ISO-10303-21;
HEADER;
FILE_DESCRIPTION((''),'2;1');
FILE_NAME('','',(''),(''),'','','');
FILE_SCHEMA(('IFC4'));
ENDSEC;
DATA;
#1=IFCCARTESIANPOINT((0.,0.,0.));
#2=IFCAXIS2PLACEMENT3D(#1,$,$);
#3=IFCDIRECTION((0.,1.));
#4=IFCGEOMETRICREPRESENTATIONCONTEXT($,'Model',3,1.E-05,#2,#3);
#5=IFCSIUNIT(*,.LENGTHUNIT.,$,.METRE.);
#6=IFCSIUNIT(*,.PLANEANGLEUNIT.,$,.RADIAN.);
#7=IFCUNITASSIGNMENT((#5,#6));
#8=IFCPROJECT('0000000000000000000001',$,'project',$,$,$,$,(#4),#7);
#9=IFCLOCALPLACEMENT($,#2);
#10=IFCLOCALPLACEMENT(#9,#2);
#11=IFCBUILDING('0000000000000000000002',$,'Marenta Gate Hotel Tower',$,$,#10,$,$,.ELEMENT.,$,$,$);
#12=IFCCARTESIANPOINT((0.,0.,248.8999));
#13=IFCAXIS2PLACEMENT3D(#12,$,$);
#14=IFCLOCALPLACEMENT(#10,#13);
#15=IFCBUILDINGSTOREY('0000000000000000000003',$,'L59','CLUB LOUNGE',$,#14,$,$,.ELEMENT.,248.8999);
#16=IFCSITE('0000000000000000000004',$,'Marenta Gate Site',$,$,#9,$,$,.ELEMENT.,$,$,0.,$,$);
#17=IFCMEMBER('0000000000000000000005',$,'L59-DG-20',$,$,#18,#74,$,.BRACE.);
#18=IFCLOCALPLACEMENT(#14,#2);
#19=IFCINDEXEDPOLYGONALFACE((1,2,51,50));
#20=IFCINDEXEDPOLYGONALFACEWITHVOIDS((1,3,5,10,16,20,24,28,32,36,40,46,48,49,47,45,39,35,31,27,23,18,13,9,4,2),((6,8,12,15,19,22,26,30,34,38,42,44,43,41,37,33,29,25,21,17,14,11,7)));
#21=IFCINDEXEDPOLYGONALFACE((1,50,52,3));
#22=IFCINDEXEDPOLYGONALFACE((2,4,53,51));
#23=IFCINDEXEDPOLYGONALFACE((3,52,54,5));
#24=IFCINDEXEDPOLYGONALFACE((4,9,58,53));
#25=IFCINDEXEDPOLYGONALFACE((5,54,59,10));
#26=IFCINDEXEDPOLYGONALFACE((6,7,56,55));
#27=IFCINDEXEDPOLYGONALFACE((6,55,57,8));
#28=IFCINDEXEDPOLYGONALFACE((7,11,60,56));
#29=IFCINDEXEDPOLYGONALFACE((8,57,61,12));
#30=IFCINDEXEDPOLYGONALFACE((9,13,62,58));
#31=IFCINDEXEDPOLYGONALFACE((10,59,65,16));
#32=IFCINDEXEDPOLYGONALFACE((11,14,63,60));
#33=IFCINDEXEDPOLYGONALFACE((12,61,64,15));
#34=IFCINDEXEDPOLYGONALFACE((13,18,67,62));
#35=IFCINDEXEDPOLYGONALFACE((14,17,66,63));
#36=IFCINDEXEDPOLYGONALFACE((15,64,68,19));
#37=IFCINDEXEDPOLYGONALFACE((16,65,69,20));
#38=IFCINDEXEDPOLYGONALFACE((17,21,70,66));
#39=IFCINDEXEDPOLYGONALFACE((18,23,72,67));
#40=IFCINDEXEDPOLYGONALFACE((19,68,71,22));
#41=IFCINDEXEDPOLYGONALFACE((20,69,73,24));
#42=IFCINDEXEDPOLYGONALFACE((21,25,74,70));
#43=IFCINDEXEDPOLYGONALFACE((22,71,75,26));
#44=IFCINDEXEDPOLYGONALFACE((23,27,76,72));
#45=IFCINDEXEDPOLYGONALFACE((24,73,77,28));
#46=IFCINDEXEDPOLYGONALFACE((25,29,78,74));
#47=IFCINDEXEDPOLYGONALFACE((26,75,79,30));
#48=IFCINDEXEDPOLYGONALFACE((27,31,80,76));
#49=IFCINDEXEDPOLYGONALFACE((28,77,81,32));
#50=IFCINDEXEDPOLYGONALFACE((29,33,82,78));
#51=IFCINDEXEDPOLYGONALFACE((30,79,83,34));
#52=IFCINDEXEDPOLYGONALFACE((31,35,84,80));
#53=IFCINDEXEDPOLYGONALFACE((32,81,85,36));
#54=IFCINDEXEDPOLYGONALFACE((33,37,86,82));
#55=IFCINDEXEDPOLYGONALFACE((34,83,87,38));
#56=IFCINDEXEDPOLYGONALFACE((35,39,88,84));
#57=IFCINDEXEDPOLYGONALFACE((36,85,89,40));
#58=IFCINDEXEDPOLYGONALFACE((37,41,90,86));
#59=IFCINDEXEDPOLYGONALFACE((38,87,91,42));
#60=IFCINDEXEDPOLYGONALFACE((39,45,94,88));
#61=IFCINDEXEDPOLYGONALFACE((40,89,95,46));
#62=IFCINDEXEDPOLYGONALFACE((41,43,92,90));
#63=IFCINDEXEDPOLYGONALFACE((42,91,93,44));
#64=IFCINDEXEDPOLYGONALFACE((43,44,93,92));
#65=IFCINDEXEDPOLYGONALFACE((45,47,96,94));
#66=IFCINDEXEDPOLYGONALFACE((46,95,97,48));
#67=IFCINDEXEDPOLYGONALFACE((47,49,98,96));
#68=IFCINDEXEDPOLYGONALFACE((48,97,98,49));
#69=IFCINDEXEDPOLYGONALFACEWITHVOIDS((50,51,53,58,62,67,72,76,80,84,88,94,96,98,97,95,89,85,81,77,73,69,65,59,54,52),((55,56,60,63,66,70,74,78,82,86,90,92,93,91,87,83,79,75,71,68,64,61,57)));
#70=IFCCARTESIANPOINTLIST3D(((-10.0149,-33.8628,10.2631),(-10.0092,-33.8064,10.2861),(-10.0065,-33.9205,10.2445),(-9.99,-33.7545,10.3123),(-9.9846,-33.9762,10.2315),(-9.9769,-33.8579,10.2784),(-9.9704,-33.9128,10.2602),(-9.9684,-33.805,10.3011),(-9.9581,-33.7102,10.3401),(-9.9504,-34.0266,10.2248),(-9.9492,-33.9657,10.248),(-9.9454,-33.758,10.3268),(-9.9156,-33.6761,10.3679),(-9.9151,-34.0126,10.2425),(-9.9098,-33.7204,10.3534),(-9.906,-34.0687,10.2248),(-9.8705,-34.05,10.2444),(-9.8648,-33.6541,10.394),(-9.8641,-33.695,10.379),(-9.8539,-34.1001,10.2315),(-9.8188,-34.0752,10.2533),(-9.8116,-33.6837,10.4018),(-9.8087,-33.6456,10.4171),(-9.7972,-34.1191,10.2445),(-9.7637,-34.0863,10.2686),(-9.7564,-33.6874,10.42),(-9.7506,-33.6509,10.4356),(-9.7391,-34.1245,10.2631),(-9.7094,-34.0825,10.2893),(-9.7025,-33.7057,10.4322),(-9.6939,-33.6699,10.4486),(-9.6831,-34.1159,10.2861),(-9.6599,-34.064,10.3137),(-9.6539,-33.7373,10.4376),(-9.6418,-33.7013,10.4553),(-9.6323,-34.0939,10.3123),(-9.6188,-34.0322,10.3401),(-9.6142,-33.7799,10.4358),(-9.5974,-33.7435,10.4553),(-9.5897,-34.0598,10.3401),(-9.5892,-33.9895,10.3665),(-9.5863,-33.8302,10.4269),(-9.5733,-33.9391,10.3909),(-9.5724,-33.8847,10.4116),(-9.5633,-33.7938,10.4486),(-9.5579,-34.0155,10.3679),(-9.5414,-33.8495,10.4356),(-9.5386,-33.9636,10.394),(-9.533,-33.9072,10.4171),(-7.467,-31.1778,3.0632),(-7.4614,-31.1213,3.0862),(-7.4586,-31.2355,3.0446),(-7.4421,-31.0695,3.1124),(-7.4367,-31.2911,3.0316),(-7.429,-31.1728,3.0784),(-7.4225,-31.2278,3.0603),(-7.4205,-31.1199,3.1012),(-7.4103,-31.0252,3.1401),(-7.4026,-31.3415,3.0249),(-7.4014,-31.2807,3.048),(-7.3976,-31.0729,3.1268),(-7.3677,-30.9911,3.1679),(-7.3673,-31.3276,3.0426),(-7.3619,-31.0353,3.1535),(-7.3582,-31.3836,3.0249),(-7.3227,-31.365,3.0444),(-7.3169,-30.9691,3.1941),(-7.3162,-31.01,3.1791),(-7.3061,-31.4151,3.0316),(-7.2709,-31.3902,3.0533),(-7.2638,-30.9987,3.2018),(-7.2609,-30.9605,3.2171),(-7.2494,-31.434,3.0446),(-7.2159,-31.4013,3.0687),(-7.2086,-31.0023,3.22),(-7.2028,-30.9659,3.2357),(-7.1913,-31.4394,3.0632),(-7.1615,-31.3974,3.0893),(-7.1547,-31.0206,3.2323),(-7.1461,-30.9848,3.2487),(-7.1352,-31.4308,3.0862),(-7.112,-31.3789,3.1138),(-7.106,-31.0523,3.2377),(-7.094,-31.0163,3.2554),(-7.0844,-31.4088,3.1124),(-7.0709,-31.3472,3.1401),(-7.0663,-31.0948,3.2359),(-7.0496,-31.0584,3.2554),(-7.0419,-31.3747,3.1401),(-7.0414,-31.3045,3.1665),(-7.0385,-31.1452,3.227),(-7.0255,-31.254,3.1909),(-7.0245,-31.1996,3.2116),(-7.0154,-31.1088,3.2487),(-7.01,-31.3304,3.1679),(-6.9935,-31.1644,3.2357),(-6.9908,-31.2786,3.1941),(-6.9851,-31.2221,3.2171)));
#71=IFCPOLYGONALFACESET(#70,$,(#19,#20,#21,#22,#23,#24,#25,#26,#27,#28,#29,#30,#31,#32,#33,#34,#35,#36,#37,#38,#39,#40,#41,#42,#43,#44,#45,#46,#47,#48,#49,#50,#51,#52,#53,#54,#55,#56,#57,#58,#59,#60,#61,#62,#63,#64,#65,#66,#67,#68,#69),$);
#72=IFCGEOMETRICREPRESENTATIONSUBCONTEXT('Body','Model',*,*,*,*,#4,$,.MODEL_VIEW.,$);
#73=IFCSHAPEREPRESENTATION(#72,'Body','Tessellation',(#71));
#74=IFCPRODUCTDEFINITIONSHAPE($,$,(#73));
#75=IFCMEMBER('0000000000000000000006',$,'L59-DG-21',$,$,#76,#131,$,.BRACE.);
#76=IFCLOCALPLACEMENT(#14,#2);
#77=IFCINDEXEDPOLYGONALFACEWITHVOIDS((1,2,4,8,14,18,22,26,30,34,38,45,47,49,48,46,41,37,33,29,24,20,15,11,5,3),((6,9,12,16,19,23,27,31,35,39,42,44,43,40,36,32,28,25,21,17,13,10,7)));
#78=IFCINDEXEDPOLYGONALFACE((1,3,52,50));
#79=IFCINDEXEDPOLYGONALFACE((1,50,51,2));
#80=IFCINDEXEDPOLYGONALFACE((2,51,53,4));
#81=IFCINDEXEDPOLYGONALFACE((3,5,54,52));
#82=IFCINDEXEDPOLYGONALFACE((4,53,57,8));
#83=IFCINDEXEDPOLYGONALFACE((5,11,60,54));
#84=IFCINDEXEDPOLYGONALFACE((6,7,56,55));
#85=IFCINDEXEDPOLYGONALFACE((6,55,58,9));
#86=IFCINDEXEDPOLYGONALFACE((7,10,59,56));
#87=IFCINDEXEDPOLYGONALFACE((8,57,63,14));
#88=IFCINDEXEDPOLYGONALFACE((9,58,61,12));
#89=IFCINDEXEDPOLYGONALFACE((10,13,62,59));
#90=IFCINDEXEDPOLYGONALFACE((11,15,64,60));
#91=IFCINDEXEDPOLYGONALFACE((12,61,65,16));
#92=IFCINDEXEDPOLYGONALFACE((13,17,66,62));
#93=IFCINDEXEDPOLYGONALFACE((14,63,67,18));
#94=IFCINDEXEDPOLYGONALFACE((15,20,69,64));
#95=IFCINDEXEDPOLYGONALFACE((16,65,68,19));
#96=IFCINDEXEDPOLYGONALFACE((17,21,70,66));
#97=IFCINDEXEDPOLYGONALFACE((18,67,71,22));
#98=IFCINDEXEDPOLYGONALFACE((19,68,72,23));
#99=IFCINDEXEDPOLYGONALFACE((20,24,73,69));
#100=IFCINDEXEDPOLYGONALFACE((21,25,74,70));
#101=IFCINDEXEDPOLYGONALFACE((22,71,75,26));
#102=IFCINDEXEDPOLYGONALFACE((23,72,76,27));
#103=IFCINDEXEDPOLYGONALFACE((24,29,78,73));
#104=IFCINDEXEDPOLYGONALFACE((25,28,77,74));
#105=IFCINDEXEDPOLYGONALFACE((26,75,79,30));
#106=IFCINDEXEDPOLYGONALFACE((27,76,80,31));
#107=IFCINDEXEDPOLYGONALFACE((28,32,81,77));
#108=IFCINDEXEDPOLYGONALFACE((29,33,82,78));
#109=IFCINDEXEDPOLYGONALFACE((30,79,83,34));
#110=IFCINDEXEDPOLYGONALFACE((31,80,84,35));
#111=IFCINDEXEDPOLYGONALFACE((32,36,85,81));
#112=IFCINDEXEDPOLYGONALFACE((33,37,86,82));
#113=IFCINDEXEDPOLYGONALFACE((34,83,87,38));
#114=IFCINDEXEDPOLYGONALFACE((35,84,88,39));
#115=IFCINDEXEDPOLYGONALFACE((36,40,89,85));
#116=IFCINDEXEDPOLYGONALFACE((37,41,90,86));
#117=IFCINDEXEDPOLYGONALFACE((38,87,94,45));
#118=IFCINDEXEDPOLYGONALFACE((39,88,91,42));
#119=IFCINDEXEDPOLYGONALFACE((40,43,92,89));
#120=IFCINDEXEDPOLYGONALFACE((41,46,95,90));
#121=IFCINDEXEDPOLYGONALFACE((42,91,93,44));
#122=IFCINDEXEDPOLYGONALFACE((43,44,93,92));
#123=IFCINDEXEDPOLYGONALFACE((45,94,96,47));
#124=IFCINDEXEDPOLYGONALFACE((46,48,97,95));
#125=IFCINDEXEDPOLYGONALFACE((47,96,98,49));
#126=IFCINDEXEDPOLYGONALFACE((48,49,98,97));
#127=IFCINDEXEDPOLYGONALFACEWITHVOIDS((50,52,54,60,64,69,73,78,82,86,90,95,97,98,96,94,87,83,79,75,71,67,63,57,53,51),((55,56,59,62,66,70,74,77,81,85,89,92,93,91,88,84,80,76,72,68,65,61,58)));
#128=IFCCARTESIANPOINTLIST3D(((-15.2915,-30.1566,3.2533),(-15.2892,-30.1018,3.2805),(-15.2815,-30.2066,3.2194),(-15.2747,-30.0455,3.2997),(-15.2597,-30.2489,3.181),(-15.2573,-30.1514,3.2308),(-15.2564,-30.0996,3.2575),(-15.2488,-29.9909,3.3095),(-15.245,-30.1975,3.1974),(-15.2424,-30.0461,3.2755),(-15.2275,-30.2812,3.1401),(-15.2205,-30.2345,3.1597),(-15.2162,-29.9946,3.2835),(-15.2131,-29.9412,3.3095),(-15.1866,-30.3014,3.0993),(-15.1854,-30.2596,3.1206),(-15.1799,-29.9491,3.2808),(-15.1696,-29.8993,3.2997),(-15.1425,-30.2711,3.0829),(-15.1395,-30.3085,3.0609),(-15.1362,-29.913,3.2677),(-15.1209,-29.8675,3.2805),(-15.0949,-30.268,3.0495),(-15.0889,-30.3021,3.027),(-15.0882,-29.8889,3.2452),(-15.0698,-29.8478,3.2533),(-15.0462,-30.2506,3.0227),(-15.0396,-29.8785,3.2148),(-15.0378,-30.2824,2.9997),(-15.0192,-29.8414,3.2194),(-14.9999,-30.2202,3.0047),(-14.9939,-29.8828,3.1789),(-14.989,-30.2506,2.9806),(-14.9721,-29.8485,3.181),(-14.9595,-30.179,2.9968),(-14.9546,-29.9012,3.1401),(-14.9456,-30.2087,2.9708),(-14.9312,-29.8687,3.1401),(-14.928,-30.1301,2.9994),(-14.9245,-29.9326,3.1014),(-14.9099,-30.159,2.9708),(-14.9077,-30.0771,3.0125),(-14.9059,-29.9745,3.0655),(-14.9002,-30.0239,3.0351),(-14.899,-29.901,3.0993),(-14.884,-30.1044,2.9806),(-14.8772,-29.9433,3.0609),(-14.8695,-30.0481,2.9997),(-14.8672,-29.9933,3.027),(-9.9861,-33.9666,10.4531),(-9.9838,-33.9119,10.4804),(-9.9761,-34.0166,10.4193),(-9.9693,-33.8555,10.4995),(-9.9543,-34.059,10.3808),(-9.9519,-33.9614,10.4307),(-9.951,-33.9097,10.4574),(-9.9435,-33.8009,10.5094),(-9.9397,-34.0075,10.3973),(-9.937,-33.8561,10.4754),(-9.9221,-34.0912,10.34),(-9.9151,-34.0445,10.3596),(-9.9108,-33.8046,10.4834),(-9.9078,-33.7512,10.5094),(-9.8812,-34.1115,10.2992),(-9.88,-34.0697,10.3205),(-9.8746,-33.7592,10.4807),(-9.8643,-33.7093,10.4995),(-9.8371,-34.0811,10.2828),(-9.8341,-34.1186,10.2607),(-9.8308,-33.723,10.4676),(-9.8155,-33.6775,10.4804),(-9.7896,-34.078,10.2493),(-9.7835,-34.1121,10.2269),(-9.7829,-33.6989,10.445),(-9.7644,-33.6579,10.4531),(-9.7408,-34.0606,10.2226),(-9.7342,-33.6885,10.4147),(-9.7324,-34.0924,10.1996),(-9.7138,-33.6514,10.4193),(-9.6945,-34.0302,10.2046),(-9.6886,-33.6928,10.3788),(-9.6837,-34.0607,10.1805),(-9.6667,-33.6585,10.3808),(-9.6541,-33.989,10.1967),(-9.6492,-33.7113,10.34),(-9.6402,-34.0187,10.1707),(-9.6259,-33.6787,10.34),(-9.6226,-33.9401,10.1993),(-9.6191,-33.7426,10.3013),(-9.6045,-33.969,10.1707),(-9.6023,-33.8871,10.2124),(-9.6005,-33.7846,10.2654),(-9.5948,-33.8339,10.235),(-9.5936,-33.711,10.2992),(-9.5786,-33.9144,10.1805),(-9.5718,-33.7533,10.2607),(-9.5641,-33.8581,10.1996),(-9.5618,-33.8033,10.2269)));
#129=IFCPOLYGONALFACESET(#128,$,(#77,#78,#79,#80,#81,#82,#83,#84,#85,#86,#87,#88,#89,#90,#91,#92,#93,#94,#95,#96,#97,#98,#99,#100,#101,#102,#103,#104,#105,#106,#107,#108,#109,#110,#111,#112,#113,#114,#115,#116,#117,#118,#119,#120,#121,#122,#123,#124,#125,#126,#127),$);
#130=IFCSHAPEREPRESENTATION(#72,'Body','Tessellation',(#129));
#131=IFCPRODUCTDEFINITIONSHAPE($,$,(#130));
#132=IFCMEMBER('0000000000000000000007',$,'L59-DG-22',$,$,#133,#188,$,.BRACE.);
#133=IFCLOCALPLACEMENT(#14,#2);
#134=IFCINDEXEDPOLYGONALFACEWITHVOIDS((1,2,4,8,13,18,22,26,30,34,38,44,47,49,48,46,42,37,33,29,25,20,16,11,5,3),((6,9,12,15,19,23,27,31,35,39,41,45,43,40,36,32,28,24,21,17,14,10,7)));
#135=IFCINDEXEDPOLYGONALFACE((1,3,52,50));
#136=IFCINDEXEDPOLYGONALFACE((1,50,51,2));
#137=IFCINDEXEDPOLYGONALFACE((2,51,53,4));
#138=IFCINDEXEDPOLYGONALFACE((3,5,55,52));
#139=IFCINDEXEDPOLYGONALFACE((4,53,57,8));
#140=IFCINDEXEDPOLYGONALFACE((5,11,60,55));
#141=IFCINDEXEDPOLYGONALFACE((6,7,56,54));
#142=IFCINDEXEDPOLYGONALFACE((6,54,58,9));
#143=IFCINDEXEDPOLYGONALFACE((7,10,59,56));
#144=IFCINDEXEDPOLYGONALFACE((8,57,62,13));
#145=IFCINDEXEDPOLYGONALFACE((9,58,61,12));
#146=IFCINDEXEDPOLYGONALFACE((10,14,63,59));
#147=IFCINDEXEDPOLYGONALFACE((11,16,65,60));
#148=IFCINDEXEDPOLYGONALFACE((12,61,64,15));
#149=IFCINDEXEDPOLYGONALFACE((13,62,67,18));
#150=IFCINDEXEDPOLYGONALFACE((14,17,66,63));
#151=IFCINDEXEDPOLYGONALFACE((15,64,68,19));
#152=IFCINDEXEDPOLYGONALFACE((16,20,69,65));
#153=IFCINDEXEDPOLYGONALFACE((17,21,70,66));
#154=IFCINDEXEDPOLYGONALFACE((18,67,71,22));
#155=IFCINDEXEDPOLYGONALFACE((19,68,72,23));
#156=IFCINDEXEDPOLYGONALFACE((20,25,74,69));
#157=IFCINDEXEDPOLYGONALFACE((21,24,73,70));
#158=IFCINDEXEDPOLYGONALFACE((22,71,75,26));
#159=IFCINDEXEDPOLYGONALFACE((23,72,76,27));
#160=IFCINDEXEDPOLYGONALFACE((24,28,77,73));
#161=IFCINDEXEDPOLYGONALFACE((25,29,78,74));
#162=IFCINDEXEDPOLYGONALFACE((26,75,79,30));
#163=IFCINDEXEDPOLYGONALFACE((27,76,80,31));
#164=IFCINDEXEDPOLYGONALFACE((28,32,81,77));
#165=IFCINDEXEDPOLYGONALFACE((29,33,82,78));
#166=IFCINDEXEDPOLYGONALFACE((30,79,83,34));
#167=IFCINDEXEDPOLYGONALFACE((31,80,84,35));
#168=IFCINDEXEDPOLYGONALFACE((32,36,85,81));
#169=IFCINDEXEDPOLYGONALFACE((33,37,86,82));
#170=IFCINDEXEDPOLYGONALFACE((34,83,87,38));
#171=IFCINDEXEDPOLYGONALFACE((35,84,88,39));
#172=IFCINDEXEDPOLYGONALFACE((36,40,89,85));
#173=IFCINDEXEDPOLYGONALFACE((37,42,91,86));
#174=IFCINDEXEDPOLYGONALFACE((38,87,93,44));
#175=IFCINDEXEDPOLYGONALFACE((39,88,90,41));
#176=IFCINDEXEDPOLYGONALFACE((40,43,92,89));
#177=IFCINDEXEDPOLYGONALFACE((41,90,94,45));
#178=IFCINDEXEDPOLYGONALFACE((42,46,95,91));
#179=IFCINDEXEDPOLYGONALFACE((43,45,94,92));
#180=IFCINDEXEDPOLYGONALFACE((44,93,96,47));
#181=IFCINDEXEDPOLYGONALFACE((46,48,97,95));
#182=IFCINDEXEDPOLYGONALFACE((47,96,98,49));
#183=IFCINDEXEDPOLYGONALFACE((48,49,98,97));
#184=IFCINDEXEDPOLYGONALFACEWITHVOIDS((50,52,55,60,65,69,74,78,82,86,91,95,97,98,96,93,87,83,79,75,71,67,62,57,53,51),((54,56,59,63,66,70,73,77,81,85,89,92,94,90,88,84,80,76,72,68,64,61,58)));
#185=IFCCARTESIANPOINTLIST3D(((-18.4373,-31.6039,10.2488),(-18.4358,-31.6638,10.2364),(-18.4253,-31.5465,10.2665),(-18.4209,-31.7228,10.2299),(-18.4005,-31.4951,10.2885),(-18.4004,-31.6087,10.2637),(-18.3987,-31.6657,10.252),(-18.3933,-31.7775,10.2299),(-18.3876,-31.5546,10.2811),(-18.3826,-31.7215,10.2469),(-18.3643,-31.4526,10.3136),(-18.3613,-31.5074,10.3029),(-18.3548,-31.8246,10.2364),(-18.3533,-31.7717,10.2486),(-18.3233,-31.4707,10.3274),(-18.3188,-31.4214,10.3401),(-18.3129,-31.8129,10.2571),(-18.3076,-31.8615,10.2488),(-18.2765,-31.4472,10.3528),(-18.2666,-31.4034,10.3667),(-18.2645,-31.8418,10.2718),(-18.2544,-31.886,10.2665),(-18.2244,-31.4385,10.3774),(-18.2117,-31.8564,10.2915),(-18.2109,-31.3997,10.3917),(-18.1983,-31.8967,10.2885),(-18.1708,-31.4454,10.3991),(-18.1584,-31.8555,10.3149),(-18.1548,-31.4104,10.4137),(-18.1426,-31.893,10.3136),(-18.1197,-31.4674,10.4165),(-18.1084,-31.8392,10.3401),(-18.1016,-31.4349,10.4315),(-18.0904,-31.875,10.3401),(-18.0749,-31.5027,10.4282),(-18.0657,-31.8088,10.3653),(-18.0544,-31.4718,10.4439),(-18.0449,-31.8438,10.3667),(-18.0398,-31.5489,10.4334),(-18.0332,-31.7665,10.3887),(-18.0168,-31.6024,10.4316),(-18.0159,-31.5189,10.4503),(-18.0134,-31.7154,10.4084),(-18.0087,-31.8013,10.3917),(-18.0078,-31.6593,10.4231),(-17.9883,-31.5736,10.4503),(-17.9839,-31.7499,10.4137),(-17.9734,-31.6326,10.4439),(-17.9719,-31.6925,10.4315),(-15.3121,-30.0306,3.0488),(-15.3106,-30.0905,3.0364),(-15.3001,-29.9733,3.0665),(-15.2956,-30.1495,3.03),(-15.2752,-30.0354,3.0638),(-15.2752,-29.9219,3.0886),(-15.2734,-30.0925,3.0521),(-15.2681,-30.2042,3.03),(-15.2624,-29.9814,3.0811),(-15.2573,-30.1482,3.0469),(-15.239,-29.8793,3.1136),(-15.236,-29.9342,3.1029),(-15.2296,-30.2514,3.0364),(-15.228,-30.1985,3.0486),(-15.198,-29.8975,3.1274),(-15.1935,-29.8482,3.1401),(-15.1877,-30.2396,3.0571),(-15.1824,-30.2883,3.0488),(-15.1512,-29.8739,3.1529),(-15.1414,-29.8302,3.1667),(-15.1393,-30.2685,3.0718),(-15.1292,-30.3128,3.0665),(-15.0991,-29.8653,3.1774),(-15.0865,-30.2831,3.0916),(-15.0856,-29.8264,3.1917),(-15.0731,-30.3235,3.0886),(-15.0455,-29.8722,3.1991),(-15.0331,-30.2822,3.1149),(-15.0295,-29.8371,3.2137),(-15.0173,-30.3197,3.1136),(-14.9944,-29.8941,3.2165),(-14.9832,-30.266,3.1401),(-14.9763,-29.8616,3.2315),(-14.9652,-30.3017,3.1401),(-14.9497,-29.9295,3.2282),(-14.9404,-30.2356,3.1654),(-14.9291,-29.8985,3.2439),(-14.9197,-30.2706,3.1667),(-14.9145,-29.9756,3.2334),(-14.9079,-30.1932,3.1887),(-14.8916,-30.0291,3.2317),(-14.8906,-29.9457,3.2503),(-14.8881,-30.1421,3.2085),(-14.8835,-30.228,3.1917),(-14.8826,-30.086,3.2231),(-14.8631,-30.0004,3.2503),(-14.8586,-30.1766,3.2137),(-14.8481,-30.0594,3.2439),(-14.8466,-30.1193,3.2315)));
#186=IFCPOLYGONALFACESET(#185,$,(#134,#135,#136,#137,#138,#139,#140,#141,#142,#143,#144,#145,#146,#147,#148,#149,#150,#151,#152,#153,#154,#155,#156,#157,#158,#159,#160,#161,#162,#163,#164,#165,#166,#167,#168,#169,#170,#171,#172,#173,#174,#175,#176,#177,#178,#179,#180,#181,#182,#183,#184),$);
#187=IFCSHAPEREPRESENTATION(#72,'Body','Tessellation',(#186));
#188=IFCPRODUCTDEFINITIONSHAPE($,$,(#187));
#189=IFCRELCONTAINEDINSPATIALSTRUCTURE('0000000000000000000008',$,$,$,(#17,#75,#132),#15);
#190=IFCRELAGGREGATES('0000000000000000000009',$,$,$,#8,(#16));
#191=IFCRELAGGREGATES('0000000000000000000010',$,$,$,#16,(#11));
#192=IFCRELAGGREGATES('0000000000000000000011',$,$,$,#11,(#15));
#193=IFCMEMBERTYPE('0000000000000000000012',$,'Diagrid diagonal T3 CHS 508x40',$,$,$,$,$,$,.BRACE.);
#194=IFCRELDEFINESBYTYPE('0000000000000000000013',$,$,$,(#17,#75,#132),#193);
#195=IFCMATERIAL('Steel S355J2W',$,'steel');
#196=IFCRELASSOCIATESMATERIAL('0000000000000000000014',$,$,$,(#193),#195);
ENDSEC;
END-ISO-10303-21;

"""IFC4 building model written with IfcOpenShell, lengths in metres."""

from ifc_helpers import new_model, si_unit, direction, frame, origin, origin_2d, place, context, subcontext, project, spatial, hollow_circle, extrude, material, material_profile, profile_set, type_object, element, save


model = new_model("IFC4")

# Units and contexts
model_context = context("Model", 3, precision=1e-05, world=origin(), true_north=direction((0.0, 1.0)))
body_context = subcontext(model_context, "Body", "Model", "MODEL_VIEW")
ifc_project = project(units=[si_unit("LENGTHUNIT", "METRE"), si_unit("PLANEANGLEUNIT", "RADIAN")], contexts=[model_context])

# Site, building, storey
site_placement = place(None, origin())
site = spatial("IfcSite", under=ifc_project, at=site_placement, Name="Marenta Gate Site", CompositionType="ELEMENT", RefElevation=0.0)
building_placement = place(site_placement, origin())
building = spatial("IfcBuilding", under=site, at=building_placement, Name="Marenta Gate Hotel Tower", CompositionType="ELEMENT")
storey_placement = place(building_placement, frame((0.0, 0.0, 248.8999)))
storey = spatial("IfcBuildingStorey", under=building, at=storey_placement, Name="L59", Description="CLUB LOUNGE", CompositionType="ELEMENT", Elevation=248.8999)

# Members
ifc_material_1 = material(Name="Steel S355J2W", Category="steel")
ifc_material_profile_1 = material_profile(ifc_material_1, hollow_circle(Radius=0.2539, WallThickness=0.04, at=origin_2d()), Name="CHS 508x40")
ifc_profile_set_1 = profile_set([ifc_material_profile_1], Name="Steel S355J2W")
member_type_1 = type_object("IfcMemberType", Name="Diagrid diagonal T3 CHS 508x40", PredefinedType="BRACE", material=ifc_profile_set_1)
member_1_placement = place(storey_placement, frame((-7.2261, -31.2, 3.1401), z_axis=(-0.314717, -0.331665, 0.889355), x_axis=(0.725398, -0.68833, 0.0)))
element("IfcMember", 1, at=member_1_placement, inside=storey, type_object=member_type_1, Name="L59-DG-20", PredefinedType="BRACE", context=body_context, shape_type="SweptSolid", body=[
    extrude(hollow_circle(Radius=0.2539, WallThickness=0.04, at=origin_2d()), origin(), (0.0, 0.0, 1.0), 8.0957),
])
member_2_placement = place(storey_placement, frame((-15.0793, -30.075, 3.1401), z_axis=(0.545753, -0.39193, 0.740638), x_axis=(0.583312, 0.812248, 0.0)))
element("IfcMember", 2, at=member_2_placement, inside=storey, type_object=member_type_1, Name="L59-DG-21", PredefinedType="BRACE", context=body_context, shape_type="SweptSolid", body=[
    extrude(hollow_circle(Radius=0.2539, WallThickness=0.04, at=origin_2d()), origin(), (0.0, 0.0, 1.0), 9.7212),
])
member_3_placement = place(storey_placement, frame((-15.0793, -30.075, 3.1401), z_axis=(-0.390407, -0.19653, 0.899421), x_axis=(0.44964, -0.89321, 0.0)))
element("IfcMember", 3, at=member_3_placement, inside=storey, type_object=member_type_1, Name="L59-DG-22", PredefinedType="BRACE", context=body_context, shape_type="SweptSolid", body=[
    extrude(hollow_circle(Radius=0.2539, WallThickness=0.04, at=origin_2d()), origin(), (0.0, 0.0, 1.0), 8.0051),
])

save(model, "model.ifc")
